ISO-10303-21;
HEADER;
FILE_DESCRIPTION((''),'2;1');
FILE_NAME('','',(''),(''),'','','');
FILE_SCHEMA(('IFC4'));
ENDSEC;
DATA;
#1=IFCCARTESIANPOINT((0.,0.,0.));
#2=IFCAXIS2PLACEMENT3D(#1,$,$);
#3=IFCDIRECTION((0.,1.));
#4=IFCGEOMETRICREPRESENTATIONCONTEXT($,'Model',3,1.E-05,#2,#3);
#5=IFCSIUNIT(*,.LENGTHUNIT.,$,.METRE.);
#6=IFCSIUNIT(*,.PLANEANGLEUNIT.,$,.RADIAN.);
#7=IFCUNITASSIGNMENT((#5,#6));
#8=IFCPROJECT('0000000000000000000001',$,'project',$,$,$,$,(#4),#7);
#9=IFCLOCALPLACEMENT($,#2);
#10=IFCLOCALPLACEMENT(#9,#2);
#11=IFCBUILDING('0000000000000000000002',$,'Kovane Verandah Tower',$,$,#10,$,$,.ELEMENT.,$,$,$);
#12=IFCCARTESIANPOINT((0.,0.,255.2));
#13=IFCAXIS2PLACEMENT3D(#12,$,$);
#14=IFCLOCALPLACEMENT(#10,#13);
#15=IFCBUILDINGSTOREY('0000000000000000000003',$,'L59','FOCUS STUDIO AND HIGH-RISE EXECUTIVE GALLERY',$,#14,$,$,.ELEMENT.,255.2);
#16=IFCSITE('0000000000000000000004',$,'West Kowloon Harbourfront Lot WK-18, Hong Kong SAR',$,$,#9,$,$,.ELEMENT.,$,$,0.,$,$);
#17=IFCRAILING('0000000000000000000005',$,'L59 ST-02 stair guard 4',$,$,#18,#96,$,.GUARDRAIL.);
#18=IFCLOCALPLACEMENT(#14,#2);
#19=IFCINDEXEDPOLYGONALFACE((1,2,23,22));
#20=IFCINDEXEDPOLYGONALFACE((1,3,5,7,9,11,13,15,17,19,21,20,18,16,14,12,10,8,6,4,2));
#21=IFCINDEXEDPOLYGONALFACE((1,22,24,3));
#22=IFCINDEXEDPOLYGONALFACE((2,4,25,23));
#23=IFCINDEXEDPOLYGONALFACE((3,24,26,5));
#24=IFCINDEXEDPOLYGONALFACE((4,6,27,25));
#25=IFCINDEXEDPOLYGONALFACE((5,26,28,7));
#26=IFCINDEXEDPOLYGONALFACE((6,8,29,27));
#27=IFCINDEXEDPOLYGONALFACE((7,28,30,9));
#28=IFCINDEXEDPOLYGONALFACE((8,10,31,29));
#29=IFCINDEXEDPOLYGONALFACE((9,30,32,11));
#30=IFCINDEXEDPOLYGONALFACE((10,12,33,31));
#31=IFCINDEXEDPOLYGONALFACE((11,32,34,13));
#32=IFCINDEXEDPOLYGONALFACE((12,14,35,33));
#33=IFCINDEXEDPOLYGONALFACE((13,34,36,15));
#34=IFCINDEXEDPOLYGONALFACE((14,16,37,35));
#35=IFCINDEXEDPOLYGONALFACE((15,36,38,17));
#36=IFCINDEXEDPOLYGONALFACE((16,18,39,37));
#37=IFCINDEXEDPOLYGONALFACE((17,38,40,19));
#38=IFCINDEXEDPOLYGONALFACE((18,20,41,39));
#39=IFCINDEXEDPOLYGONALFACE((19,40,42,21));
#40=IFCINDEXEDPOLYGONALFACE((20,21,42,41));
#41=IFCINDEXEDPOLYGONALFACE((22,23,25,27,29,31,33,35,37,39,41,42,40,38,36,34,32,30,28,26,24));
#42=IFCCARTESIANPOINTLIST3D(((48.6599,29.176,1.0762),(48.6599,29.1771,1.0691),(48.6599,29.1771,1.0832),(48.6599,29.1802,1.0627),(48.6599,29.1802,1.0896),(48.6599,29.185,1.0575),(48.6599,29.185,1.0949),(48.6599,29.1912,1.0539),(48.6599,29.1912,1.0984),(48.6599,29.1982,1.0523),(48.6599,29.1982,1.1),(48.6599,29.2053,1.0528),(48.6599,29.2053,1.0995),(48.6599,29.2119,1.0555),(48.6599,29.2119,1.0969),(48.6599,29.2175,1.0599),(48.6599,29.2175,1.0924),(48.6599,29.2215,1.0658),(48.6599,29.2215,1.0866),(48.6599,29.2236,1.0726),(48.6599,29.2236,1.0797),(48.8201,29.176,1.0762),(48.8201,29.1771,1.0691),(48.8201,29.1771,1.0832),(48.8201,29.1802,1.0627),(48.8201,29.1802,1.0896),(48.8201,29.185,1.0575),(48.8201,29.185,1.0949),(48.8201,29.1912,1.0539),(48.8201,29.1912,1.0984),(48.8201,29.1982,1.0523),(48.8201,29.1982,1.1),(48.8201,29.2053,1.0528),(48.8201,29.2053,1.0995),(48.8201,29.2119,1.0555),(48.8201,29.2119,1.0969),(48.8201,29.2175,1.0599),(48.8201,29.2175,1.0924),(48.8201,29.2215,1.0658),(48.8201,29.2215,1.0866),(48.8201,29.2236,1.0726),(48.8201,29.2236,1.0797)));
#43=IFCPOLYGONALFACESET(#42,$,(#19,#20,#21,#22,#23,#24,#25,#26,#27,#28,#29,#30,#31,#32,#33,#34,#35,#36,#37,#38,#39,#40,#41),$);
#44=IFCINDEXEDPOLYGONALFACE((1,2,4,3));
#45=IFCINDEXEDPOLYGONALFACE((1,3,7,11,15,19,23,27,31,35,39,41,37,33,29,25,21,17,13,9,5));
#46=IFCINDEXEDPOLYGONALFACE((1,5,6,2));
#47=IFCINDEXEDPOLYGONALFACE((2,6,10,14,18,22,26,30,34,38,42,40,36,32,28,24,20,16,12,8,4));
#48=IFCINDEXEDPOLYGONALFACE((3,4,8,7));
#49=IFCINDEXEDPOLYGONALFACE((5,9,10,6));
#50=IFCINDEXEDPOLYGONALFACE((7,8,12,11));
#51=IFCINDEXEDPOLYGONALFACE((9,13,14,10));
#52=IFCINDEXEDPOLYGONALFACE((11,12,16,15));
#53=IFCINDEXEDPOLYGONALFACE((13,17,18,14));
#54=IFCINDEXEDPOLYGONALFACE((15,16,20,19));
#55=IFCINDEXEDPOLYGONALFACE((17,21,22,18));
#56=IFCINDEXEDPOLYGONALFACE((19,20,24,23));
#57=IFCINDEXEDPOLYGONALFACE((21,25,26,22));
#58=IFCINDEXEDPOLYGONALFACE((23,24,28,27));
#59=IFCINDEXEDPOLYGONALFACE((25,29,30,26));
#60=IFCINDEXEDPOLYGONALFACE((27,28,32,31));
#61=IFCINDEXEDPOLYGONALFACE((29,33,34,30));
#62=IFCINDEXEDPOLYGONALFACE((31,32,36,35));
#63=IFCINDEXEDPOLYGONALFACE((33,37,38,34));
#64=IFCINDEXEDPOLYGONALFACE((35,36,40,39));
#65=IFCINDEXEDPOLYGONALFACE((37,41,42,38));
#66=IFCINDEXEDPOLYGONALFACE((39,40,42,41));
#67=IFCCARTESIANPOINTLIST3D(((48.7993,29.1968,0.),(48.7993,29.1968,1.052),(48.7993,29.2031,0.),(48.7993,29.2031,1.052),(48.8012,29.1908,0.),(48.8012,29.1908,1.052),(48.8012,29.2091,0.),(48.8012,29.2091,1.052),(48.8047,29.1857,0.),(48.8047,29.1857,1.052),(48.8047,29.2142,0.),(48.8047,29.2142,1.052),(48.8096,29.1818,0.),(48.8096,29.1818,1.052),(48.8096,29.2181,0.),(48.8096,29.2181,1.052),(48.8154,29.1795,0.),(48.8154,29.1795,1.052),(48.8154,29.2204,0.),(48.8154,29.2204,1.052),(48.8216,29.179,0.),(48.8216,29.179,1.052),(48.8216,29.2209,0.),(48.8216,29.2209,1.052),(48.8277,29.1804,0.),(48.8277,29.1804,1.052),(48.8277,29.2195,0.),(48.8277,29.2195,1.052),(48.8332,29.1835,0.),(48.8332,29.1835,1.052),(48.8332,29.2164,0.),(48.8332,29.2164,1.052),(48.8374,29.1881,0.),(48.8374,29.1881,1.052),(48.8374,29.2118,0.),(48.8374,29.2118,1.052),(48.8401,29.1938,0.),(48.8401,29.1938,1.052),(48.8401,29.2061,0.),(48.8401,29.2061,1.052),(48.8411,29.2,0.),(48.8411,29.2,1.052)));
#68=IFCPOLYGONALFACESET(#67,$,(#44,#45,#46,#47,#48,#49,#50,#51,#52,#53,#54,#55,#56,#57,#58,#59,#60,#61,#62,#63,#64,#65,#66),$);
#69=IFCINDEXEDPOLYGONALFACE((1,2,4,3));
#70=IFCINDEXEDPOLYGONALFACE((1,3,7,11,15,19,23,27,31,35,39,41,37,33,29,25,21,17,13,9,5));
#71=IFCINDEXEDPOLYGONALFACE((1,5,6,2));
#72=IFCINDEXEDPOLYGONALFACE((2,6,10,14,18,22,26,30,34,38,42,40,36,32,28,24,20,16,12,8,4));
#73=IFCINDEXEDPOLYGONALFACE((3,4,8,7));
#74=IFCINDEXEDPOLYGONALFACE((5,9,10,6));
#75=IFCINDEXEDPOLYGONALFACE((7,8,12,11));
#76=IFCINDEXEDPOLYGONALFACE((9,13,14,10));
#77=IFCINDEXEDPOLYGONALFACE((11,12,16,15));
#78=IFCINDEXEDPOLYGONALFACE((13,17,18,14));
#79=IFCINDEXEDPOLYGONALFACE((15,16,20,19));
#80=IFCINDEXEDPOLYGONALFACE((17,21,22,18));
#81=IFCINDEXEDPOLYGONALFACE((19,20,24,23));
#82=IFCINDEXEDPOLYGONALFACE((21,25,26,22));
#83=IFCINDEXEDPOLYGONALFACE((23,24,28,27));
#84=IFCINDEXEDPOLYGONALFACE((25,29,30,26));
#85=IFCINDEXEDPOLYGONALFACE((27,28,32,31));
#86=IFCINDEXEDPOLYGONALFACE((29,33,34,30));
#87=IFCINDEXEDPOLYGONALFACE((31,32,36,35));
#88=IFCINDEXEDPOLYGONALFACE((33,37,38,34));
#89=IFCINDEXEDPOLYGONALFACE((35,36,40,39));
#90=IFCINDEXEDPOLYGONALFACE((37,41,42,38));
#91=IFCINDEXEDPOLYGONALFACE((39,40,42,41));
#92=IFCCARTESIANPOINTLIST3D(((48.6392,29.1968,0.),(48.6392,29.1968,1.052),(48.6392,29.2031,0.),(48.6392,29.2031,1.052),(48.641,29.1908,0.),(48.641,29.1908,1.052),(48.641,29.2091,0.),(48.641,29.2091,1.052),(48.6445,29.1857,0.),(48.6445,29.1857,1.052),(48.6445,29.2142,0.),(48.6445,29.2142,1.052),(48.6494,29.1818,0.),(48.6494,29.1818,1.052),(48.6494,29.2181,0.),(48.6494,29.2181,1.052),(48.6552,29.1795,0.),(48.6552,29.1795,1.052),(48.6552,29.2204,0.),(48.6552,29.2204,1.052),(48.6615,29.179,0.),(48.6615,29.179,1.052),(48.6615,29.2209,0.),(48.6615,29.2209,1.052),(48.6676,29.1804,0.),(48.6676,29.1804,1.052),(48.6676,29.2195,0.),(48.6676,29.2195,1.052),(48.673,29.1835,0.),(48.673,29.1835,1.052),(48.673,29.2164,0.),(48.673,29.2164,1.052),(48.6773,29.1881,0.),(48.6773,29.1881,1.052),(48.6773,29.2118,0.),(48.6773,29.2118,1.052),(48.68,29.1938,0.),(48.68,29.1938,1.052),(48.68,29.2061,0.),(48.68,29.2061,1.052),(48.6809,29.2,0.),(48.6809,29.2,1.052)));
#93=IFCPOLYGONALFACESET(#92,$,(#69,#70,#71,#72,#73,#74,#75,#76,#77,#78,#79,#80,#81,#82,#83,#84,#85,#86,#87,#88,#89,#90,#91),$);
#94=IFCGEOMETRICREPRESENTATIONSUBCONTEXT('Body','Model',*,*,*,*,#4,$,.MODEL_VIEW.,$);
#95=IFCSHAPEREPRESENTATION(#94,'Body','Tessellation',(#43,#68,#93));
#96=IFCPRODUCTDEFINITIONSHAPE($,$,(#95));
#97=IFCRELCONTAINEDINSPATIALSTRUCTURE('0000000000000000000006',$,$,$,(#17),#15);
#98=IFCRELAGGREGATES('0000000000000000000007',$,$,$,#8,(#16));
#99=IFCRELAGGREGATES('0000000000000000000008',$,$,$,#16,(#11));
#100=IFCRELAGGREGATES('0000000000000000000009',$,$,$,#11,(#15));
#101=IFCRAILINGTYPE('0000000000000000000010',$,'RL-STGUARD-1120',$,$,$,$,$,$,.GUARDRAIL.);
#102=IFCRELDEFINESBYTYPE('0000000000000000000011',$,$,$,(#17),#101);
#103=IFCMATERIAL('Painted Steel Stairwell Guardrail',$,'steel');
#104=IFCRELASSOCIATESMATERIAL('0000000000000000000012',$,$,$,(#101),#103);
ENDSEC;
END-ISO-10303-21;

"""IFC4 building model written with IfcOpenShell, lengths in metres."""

from ifc_helpers import new_model, si_unit, direction, frame, origin, origin_2d, place, context, subcontext, project, spatial, circle, extrude, material, type_object, element, save


model = new_model("IFC4")

# Units and contexts
model_context = context("Model", 3, precision=1e-05, world=origin(), true_north=direction((0.0, 1.0)))
body_context = subcontext(model_context, "Body", "Model", "MODEL_VIEW")
ifc_project = project(units=[si_unit("LENGTHUNIT", "METRE"), si_unit("PLANEANGLEUNIT", "RADIAN")], contexts=[model_context])

# Site, building, storey
site_placement = place(None, origin())
site = spatial("IfcSite", under=ifc_project, at=site_placement, Name="West Kowloon Harbourfront Lot WK-18, Hong Kong SAR", CompositionType="ELEMENT", RefElevation=0.0)
building_placement = place(site_placement, origin())
building = spatial("IfcBuilding", under=site, at=building_placement, Name="Kovane Verandah Tower", CompositionType="ELEMENT")
storey_placement = place(building_placement, frame((0.0, 0.0, 255.2)))
storey = spatial("IfcBuildingStorey", under=building, at=storey_placement, Name="L59", Description="FOCUS STUDIO AND HIGH-RISE EXECUTIVE GALLERY", CompositionType="ELEMENT", Elevation=255.2)

# Railing
ifc_material_1 = material(Name="Painted Steel Stairwell Guardrail", Category="steel")
railing_type_1 = type_object("IfcRailingType", Name="RL-STGUARD-1120", PredefinedType="GUARDRAIL", material=ifc_material_1)
railing_1_placement = place(storey_placement, frame((48.8201, 29.2, 0.0)))
element("IfcRailing", 1, at=railing_1_placement, inside=storey, type_object=railing_type_1, Name="L59 ST-02 stair guard 4", PredefinedType="GUARDRAIL", context=body_context, shape_type="SweptSolid", body=[
    extrude(circle(Radius=0.0239, at=origin_2d()), frame((0.0, 0.0, 1.0762), z_axis=(-1.0, 0.0, 0.0), x_axis=(0.0, -1.0, 0.0)), (0.0, 0.0, 1.0), 0.1602),
    extrude(circle(Radius=0.021, at=origin_2d()), origin(), (0.0, 0.0, 1.0), 1.052),
    extrude(circle(Radius=0.021, at=origin_2d()), frame((-0.1602, 0.0, 0.0)), (0.0, 0.0, 1.0), 1.052),
])

save(model, "model.ifc")
